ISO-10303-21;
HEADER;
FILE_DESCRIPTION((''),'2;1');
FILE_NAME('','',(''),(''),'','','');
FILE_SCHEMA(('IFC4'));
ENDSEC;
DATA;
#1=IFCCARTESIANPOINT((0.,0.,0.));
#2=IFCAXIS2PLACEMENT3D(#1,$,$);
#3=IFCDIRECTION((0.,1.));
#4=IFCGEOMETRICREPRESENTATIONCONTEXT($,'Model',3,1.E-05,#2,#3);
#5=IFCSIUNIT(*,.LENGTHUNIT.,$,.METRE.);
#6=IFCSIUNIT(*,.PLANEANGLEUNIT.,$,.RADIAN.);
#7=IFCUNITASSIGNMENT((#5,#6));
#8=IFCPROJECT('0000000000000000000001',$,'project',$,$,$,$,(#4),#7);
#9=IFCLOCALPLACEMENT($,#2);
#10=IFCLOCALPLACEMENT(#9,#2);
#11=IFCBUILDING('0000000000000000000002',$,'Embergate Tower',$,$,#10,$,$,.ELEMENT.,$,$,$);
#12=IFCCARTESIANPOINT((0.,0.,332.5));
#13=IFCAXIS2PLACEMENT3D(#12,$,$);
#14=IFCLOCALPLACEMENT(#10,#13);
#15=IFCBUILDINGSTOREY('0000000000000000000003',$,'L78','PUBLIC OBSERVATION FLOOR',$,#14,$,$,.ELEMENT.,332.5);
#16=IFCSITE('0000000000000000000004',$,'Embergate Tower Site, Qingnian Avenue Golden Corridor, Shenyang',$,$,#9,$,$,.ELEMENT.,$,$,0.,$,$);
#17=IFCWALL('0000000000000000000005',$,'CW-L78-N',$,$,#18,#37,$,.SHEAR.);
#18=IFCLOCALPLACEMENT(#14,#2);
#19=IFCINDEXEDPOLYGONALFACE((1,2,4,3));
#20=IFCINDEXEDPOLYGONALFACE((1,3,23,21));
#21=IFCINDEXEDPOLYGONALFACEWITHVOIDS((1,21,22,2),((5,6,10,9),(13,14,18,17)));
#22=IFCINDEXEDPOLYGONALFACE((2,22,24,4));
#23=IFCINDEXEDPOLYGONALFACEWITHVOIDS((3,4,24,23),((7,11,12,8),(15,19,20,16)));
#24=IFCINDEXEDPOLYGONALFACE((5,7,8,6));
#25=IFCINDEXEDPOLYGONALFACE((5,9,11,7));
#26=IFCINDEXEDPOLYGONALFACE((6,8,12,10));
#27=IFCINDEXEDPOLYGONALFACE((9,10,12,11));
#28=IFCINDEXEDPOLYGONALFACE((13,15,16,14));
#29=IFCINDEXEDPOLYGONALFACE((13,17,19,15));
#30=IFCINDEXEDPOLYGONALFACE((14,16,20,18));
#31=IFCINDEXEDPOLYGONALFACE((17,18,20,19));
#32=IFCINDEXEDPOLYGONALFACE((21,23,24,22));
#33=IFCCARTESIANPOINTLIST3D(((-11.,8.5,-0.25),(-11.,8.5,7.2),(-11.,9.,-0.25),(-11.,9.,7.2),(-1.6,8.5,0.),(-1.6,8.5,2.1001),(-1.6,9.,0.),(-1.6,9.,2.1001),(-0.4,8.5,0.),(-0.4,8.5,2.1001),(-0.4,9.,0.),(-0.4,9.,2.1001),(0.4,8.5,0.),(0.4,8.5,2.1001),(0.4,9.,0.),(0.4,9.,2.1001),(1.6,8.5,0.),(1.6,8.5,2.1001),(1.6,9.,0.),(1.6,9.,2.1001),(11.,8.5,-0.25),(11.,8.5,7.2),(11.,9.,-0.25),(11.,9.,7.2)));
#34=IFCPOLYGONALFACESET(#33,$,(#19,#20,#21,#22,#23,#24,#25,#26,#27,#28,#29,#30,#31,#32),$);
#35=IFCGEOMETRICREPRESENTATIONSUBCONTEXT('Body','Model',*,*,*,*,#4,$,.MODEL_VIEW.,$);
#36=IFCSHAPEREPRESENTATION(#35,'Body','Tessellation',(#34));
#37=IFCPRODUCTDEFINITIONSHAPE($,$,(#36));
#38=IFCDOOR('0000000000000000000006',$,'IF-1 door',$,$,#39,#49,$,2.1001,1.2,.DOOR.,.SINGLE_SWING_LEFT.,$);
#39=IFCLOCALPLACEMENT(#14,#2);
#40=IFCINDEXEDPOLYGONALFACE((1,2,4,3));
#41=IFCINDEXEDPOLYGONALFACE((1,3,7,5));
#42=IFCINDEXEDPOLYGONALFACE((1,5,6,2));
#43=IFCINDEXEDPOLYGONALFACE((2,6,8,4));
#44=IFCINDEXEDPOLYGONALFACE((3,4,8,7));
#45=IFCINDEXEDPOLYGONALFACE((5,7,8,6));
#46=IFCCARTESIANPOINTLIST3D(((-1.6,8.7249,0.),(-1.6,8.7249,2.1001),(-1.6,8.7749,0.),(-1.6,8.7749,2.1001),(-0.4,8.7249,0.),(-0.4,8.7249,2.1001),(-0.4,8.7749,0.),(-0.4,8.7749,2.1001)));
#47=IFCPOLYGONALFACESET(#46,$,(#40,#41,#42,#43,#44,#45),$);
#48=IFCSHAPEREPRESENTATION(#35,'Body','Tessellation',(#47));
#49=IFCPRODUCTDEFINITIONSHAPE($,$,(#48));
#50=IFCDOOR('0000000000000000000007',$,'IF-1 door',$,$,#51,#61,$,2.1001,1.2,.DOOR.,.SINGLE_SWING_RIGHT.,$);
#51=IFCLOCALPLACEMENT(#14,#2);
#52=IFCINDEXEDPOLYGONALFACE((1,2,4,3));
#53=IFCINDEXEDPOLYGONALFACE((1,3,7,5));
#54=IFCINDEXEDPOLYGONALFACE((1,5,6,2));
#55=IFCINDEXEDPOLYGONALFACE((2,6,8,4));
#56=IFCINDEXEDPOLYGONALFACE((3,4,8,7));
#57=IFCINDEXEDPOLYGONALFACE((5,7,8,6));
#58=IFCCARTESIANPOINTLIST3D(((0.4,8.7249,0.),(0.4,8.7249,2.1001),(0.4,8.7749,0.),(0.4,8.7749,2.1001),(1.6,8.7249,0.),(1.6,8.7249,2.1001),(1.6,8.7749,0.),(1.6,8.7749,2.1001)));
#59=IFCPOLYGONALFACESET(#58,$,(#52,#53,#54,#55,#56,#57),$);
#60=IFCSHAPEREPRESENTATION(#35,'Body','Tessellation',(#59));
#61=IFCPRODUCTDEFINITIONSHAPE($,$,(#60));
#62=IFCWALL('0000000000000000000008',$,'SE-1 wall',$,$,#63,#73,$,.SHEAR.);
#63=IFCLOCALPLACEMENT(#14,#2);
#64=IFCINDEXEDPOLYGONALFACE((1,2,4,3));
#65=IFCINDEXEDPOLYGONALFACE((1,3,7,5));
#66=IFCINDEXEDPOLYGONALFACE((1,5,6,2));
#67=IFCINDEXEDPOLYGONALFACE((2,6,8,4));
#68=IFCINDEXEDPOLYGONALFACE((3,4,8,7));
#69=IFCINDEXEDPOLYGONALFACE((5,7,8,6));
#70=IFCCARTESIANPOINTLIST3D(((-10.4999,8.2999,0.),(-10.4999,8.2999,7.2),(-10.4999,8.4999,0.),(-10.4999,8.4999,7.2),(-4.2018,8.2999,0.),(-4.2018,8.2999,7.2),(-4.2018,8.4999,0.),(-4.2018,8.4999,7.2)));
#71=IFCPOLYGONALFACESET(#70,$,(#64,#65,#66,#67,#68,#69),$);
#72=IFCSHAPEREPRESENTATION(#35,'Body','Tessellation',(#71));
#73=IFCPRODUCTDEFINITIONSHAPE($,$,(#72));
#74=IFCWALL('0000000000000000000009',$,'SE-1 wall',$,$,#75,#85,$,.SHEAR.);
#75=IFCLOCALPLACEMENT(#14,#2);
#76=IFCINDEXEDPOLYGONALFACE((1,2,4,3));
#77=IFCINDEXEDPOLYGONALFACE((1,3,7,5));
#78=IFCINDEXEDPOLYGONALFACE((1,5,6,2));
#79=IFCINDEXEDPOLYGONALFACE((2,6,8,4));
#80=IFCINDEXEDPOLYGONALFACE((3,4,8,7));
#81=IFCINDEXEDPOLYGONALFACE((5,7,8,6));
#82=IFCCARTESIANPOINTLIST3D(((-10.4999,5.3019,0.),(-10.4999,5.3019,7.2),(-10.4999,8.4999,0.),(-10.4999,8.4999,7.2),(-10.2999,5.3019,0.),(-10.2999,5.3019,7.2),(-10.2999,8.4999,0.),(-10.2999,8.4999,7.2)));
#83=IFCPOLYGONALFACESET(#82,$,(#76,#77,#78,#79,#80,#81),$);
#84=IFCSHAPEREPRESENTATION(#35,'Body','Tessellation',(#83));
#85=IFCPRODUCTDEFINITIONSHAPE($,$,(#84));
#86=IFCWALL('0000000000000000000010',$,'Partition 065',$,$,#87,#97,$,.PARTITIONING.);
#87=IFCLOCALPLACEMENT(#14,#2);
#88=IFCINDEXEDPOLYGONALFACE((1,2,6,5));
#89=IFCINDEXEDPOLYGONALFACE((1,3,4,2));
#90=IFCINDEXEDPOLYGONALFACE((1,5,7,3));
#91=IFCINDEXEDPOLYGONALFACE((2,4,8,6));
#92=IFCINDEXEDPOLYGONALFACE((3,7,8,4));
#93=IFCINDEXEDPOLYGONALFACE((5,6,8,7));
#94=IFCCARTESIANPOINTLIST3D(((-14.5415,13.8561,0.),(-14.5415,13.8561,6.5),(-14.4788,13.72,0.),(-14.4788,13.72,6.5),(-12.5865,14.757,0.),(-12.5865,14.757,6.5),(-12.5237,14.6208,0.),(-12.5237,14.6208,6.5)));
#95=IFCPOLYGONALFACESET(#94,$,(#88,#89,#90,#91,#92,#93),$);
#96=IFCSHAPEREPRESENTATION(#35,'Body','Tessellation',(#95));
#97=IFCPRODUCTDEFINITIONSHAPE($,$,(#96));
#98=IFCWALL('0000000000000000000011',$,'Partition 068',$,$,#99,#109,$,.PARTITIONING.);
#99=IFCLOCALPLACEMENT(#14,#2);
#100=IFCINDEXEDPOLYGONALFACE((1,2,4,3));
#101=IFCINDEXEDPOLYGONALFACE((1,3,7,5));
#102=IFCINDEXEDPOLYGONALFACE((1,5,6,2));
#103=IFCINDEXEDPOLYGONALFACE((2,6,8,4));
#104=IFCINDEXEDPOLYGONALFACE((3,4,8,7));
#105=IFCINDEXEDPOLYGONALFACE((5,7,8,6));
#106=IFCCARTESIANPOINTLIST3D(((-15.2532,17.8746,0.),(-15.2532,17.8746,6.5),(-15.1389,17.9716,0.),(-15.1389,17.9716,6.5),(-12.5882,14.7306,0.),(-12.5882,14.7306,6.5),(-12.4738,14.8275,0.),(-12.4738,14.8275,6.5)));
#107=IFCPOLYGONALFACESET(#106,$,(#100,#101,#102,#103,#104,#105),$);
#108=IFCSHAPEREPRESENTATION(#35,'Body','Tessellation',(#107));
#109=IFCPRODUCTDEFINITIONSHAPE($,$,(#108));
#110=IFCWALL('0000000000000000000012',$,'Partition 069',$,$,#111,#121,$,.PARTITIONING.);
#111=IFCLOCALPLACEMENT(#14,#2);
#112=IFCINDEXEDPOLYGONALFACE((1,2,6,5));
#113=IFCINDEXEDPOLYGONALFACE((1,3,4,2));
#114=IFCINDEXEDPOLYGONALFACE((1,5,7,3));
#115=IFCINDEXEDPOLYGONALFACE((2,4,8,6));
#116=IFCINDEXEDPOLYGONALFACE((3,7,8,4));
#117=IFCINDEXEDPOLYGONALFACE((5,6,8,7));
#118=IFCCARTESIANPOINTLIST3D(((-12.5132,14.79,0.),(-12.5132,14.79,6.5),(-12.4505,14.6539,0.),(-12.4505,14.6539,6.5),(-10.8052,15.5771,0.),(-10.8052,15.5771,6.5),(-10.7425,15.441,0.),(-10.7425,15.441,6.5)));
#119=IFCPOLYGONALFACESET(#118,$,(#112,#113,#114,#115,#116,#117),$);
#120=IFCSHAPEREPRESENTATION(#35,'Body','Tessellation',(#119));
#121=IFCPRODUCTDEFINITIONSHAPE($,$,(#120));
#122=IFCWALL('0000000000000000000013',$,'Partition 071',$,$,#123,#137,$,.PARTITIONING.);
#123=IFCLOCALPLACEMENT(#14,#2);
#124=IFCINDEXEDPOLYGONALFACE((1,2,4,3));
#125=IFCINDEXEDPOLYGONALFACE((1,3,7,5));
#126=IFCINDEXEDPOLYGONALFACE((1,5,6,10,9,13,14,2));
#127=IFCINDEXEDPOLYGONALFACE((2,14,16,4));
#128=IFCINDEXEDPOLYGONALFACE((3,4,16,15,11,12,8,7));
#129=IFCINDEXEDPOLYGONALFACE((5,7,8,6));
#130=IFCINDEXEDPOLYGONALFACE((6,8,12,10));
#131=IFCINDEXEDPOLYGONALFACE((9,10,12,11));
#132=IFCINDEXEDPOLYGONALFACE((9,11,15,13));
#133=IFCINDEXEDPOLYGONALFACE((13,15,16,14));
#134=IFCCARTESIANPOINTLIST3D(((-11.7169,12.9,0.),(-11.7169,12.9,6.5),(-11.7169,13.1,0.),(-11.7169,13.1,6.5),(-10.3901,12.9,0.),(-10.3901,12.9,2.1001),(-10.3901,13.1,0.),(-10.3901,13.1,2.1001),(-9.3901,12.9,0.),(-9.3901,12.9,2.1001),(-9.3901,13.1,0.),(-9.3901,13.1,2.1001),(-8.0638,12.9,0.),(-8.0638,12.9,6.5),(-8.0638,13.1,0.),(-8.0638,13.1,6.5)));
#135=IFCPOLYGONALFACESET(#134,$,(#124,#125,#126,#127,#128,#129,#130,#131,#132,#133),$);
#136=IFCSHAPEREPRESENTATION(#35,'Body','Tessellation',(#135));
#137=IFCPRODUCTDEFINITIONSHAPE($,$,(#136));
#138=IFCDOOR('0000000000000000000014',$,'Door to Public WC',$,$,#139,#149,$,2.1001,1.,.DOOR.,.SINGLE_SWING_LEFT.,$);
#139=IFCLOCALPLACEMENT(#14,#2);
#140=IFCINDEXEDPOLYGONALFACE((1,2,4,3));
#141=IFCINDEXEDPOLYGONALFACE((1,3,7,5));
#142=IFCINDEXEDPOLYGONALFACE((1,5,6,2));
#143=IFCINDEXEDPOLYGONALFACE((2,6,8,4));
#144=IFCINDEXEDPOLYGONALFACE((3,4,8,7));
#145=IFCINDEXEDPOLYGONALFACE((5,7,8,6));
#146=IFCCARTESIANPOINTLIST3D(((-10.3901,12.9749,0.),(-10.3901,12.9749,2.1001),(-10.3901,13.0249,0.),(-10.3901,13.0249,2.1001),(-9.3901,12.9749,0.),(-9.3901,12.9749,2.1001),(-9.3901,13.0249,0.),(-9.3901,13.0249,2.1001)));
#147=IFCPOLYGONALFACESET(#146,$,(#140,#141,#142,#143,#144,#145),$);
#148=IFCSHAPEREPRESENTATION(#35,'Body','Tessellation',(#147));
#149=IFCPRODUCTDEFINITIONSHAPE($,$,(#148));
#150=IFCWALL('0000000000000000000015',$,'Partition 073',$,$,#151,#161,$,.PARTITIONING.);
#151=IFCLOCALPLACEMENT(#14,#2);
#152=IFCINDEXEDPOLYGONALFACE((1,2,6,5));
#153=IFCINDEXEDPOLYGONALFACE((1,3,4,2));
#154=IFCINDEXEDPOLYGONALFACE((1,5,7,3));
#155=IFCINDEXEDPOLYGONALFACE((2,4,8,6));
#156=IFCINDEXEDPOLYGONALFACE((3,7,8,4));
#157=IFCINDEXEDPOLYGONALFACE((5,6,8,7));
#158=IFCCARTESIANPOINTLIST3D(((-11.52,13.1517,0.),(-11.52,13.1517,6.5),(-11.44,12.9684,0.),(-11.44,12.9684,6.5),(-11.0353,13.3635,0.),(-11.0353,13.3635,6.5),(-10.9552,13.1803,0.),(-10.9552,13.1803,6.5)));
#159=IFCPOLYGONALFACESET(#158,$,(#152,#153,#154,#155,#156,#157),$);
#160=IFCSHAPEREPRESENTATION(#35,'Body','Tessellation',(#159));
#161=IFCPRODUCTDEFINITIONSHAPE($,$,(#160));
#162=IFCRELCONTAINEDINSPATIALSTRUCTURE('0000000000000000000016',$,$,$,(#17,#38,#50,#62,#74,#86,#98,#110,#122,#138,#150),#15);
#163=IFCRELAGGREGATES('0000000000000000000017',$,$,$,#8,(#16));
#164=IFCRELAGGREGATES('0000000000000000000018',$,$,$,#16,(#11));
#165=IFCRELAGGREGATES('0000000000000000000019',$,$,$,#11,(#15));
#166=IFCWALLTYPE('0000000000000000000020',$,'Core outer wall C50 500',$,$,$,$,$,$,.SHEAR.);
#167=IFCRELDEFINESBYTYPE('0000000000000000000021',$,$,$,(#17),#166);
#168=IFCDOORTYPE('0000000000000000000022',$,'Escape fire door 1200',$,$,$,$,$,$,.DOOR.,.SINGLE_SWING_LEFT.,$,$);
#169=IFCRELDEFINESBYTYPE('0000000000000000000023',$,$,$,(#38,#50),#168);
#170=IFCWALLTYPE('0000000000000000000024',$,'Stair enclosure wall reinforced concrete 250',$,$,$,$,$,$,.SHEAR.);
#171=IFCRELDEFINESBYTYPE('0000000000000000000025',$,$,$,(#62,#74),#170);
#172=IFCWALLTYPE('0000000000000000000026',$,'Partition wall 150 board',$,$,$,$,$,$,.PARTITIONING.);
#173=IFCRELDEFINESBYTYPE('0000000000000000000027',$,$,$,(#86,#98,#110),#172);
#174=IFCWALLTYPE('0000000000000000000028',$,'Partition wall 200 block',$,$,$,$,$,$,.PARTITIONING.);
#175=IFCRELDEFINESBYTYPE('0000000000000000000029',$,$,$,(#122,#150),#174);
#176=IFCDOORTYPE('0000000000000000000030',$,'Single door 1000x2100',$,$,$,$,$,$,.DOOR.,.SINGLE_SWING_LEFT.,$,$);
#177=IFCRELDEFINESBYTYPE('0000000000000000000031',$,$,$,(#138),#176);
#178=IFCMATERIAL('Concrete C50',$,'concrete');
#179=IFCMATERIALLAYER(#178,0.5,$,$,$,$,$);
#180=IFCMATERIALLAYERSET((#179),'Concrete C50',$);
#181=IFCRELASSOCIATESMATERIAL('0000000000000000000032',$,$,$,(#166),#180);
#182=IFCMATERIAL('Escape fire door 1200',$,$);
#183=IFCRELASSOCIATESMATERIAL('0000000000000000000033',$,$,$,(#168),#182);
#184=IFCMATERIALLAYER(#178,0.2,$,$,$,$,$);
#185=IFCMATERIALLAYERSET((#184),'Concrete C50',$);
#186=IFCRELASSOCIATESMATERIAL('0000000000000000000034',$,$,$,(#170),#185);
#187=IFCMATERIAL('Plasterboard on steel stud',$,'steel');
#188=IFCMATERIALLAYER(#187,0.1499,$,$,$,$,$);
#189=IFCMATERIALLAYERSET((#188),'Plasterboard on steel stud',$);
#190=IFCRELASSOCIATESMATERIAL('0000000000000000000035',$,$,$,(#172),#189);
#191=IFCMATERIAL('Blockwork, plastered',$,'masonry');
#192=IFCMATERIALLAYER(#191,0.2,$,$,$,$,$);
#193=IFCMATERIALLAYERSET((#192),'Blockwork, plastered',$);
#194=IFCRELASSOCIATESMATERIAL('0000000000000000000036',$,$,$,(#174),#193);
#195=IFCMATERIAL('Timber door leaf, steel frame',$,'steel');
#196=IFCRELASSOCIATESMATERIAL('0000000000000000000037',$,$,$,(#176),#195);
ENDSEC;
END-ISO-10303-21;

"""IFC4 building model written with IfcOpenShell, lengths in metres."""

from ifc_helpers import new_model, si_unit, direction, frame, frame_2d, origin, place, context, subcontext, project, spatial, rectangle, extrude, source, transform, mapped, material, layer, layer_set, type_object, element, fill, save


model = new_model("IFC4")

# Units and contexts
model_context = context("Model", 3, precision=1e-05, world=origin(), true_north=direction((0.0, 1.0)))
body_context = subcontext(model_context, "Body", "Model", "MODEL_VIEW")
ifc_project = project(units=[si_unit("LENGTHUNIT", "METRE"), si_unit("PLANEANGLEUNIT", "RADIAN")], contexts=[model_context])

# Site, building, storey
site_placement = place(None, origin())
site = spatial("IfcSite", under=ifc_project, at=site_placement, Name="Embergate Tower Site, Qingnian Avenue Golden Corridor, Shenyang", CompositionType="ELEMENT", RefElevation=0.0)
building_placement = place(site_placement, origin())
building = spatial("IfcBuilding", under=site, at=building_placement, Name="Embergate Tower", CompositionType="ELEMENT")
storey_placement = place(building_placement, frame((0.0, 0.0, 332.5)))
storey = spatial("IfcBuildingStorey", under=building, at=storey_placement, Name="L78", Description="PUBLIC OBSERVATION FLOOR", CompositionType="ELEMENT", Elevation=332.5)

# Wall, openings, doors
ifc_material_1 = material(Name="Concrete C50", Category="concrete")
ifc_layer_1 = layer(ifc_material_1, 0.5)
ifc_layer_set_1 = layer_set([ifc_layer_1], Name="Concrete C50")
wall_type_1 = type_object("IfcWallType", Name="Core outer wall C50 500", PredefinedType="SHEAR", material=ifc_layer_set_1)
shared_shape_1 = source(origin(), body_context, "Body", "SweptSolid", [
    extrude(rectangle(XDim=22.0, YDim=0.5, at=frame_2d((11.0, 0.0))), origin(), (0.0, 0.0, 1.0), 7.45),
])
wall_1_placement = place(storey_placement, frame((-11.0, 8.75, -0.25), z_axis=(0.0, 0.0, 1.0), x_axis=(1.0, 0.0, 0.0)))
wall_1 = element("IfcWall", 1, at=wall_1_placement, inside=storey, type_object=wall_type_1, Name="CW-L78-N", PredefinedType="SHEAR", context=body_context, shape_type="MappedRepresentation", body=[
    mapped(shared_shape_1, transform((0.0, 0.0, 0.0))),
])
shared_shape_2 = source(origin(), body_context, "Body", "SweptSolid", [
    extrude(rectangle(XDim=1.2, YDim=2.1001, at=frame_2d((0.6001, 1.05))), frame((0.0, 0.26, 0.0), z_axis=(0.0, -1.0, 0.0), x_axis=(1.0, 0.0, 0.0)), (0.0, 0.0, 1.0), 0.52),
])
opening_1_placement = place(wall_1_placement, frame((9.3999, 0.0, 0.25)))
opening_1 = element("IfcOpeningElement", 2, at=opening_1_placement, cuts=wall_1, PredefinedType="OPENING", context=body_context, shape_type="MappedRepresentation", body=[
    mapped(shared_shape_2, transform((0.0, 0.0, 0.0))),
])
opening_2_placement = place(wall_1_placement, frame((11.3999, 0.0, 0.25)))
opening_2 = element("IfcOpeningElement", 3, at=opening_2_placement, cuts=wall_1, PredefinedType="OPENING", context=body_context, shape_type="MappedRepresentation", body=[
    mapped(shared_shape_2, transform((0.0, 0.0, 0.0))),
])
ifc_material_2 = material(Name="Escape fire door 1200")
door_type_1 = type_object("IfcDoorType", Name="Escape fire door 1200", OperationType="SINGLE_SWING_LEFT", PredefinedType="DOOR", material=ifc_material_2)
shared_shape_3 = source(origin(), body_context, "Body", "SweptSolid", [
    extrude(rectangle(XDim=1.2, YDim=2.1001, at=frame_2d((0.6001, 1.05))), frame((0.0, 0.0249, 0.0), z_axis=(0.0, -1.0, 0.0), x_axis=(1.0, 0.0, 0.0)), (0.0, 0.0, 1.0), 0.05),
])
door_1_placement = place(opening_1_placement, origin())
door_1 = element("IfcDoor", 4, at=door_1_placement, inside=storey, type_object=door_type_1, Name="IF-1 door", OperationType="SINGLE_SWING_LEFT", OverallHeight=2.1001, OverallWidth=1.2, PredefinedType="DOOR", context=body_context, shape_type="MappedRepresentation", body=[
    mapped(shared_shape_3, transform((0.0, 0.0, 0.0))),
])
fill(opening_1, door_1)
door_2_placement = place(opening_2_placement, origin())
door_2 = element("IfcDoor", 5, at=door_2_placement, inside=storey, type_object=door_type_1, Name="IF-1 door", OperationType="SINGLE_SWING_RIGHT", OverallHeight=2.1001, OverallWidth=1.2, PredefinedType="DOOR", context=body_context, shape_type="MappedRepresentation", body=[
    mapped(shared_shape_3, transform((0.0, 0.0, 0.0))),
])
fill(opening_2, door_2)

# Walls
ifc_layer_2 = layer(ifc_material_1, 0.2)
ifc_layer_set_2 = layer_set([ifc_layer_2], Name="Concrete C50")
wall_type_2 = type_object("IfcWallType", Name="Stair enclosure wall reinforced concrete 250", PredefinedType="SHEAR", material=ifc_layer_set_2)
shared_shape_4 = source(origin(), body_context, "Body", "SweptSolid", [
    extrude(rectangle(XDim=6.2981, YDim=0.2, at=frame_2d((3.1489, 0.0))), origin(), (0.0, 0.0, 1.0), 7.2),
])
wall_2_placement = place(storey_placement, frame((-4.2019, 8.3999, 0.0), z_axis=(0.0, 0.0, 1.0), x_axis=(-1.0, 0.0, 0.0)))
element("IfcWall", 6, at=wall_2_placement, inside=storey, type_object=wall_type_2, Name="SE-1 wall", PredefinedType="SHEAR", context=body_context, shape_type="MappedRepresentation", body=[
    mapped(shared_shape_4, transform((0.0, 0.0, 0.0))),
])
shared_shape_5 = source(origin(), body_context, "Body", "SweptSolid", [
    extrude(rectangle(XDim=3.198, YDim=0.2, at=frame_2d((1.5991, 0.0))), origin(), (0.0, 0.0, 1.0), 7.2),
])
wall_3_placement = place(storey_placement, frame((-10.3999, 8.5, 0.0), z_axis=(0.0, 0.0, 1.0), x_axis=(0.0, -1.0, 0.0)))
element("IfcWall", 7, at=wall_3_placement, inside=storey, type_object=wall_type_2, Name="SE-1 wall", PredefinedType="SHEAR", context=body_context, shape_type="MappedRepresentation", body=[
    mapped(shared_shape_5, transform((0.0, 0.0, 0.0))),
])
ifc_material_3 = material(Name="Plasterboard on steel stud", Category="steel")
ifc_layer_3 = layer(ifc_material_3, 0.1499)
ifc_layer_set_3 = layer_set([ifc_layer_3], Name="Plasterboard on steel stud")
wall_type_3 = type_object("IfcWallType", Name="Partition wall 150 board", PredefinedType="PARTITIONING", material=ifc_layer_set_3)
shared_shape_6 = source(origin(), body_context, "Body", "SweptSolid", [
    extrude(rectangle(XDim=2.1526, YDim=0.1499, at=frame_2d((1.0762, 0.0))), origin(), (0.0, 0.0, 1.0), 6.5),
])
wall_4_placement = place(storey_placement, frame((-14.51, 13.7881, 0.0), z_axis=(0.0, 0.0, 1.0), x_axis=(0.908218, 0.418497, 0.0)))
element("IfcWall", 8, at=wall_4_placement, inside=storey, type_object=wall_type_3, Name="Partition 065", PredefinedType="PARTITIONING", context=body_context, shape_type="MappedRepresentation", body=[
    mapped(shared_shape_6, transform((0.0, 0.0, 0.0))),
])
shared_shape_7 = source(origin(), body_context, "Body", "SweptSolid", [
    extrude(rectangle(XDim=4.1216, YDim=0.1499, at=frame_2d((2.0608, 0.0))), origin(), (0.0, 0.0, 1.0), 6.5),
])
wall_5_placement = place(storey_placement, frame((-12.531, 14.7791, 0.0), z_axis=(0.0, 0.0, 1.0), x_axis=(-0.646606, 0.762824, 0.0)))
element("IfcWall", 9, at=wall_5_placement, inside=storey, type_object=wall_type_3, Name="Partition 068", PredefinedType="PARTITIONING", context=body_context, shape_type="MappedRepresentation", body=[
    mapped(shared_shape_7, transform((0.0, 0.0, 0.0))),
])
shared_shape_8 = source(origin(), body_context, "Body", "SweptSolid", [
    extrude(rectangle(XDim=1.8806, YDim=0.1499, at=frame_2d((0.9404, 0.0))), origin(), (0.0, 0.0, 1.0), 6.5),
])
wall_6_placement = place(storey_placement, frame((-12.4819, 14.7219, 0.0), z_axis=(0.0, 0.0, 1.0), x_axis=(0.908202, 0.418531, 0.0)))
element("IfcWall", 10, at=wall_6_placement, inside=storey, type_object=wall_type_3, Name="Partition 069", PredefinedType="PARTITIONING", context=body_context, shape_type="MappedRepresentation", body=[
    mapped(shared_shape_8, transform((0.0, 0.0, 0.0))),
])

# Wall, opening, door
ifc_material_4 = material(Name="Blockwork, plastered", Category="masonry")
ifc_layer_4 = layer(ifc_material_4, 0.2)
ifc_layer_set_4 = layer_set([ifc_layer_4], Name="Blockwork, plastered")
wall_type_4 = type_object("IfcWallType", Name="Partition wall 200 block", PredefinedType="PARTITIONING", material=ifc_layer_set_4)
shared_shape_9 = source(origin(), body_context, "Body", "SweptSolid", [
    extrude(rectangle(XDim=3.6531, YDim=0.2, at=frame_2d((1.8267, 0.0))), origin(), (0.0, 0.0, 1.0), 6.5),
])
wall_7_placement = place(storey_placement, frame((-11.717, 13.0, 0.0), z_axis=(0.0, 0.0, 1.0), x_axis=(1.0, 0.0, 0.0)))
wall_7 = element("IfcWall", 11, at=wall_7_placement, inside=storey, type_object=wall_type_4, Name="Partition 071", PredefinedType="PARTITIONING", context=body_context, shape_type="MappedRepresentation", body=[
    mapped(shared_shape_9, transform((0.0, 0.0, 0.0))),
])
shared_shape_10 = source(origin(), body_context, "Body", "SweptSolid", [
    extrude(rectangle(XDim=1.0, YDim=2.1001, at=frame_2d((0.5, 1.05))), frame((0.0, 0.1099, 0.0), z_axis=(0.0, -1.0, 0.0), x_axis=(1.0, 0.0, 0.0)), (0.0, 0.0, 1.0), 0.22),
])
opening_3_placement = place(wall_7_placement, frame((1.3269, 0.0, 0.0)))
opening_3 = element("IfcOpeningElement", 12, at=opening_3_placement, cuts=wall_7, PredefinedType="OPENING", context=body_context, shape_type="MappedRepresentation", body=[
    mapped(shared_shape_10, transform((0.0, 0.0, 0.0))),
])
ifc_material_5 = material(Name="Timber door leaf, steel frame", Category="steel")
door_type_2 = type_object("IfcDoorType", Name="Single door 1000x2100", OperationType="SINGLE_SWING_LEFT", PredefinedType="DOOR", material=ifc_material_5)
shared_shape_11 = source(origin(), body_context, "Body", "SweptSolid", [
    extrude(rectangle(XDim=1.0, YDim=2.1001, at=frame_2d((0.5, 1.05))), frame((0.0, 0.0249, 0.0), z_axis=(0.0, -1.0, 0.0), x_axis=(1.0, 0.0, 0.0)), (0.0, 0.0, 1.0), 0.05),
])
door_3_placement = place(opening_3_placement, origin())
door_3 = element("IfcDoor", 13, at=door_3_placement, inside=storey, type_object=door_type_2, Name="Door to Public WC", OperationType="SINGLE_SWING_LEFT", OverallHeight=2.1001, OverallWidth=1.0, PredefinedType="DOOR", context=body_context, shape_type="MappedRepresentation", body=[
    mapped(shared_shape_11, transform((0.0, 0.0, 0.0))),
])
fill(opening_3, door_3)

# Wall
shared_shape_12 = source(origin(), body_context, "Body", "SweptSolid", [
    extrude(rectangle(XDim=0.5291, YDim=0.2, at=frame_2d((0.2646, 0.0))), origin(), (0.0, 0.0, 1.0), 6.5),
])
wall_8_placement = place(storey_placement, frame((-10.9951, 13.272, 0.0), z_axis=(0.0, 0.0, 1.0), x_axis=(-0.916306, -0.40048, 0.0)))
element("IfcWall", 14, at=wall_8_placement, inside=storey, type_object=wall_type_4, Name="Partition 073", PredefinedType="PARTITIONING", context=body_context, shape_type="MappedRepresentation", body=[
    mapped(shared_shape_12, transform((0.0, 0.0, 0.0))),
])

save(model, "model.ifc")
